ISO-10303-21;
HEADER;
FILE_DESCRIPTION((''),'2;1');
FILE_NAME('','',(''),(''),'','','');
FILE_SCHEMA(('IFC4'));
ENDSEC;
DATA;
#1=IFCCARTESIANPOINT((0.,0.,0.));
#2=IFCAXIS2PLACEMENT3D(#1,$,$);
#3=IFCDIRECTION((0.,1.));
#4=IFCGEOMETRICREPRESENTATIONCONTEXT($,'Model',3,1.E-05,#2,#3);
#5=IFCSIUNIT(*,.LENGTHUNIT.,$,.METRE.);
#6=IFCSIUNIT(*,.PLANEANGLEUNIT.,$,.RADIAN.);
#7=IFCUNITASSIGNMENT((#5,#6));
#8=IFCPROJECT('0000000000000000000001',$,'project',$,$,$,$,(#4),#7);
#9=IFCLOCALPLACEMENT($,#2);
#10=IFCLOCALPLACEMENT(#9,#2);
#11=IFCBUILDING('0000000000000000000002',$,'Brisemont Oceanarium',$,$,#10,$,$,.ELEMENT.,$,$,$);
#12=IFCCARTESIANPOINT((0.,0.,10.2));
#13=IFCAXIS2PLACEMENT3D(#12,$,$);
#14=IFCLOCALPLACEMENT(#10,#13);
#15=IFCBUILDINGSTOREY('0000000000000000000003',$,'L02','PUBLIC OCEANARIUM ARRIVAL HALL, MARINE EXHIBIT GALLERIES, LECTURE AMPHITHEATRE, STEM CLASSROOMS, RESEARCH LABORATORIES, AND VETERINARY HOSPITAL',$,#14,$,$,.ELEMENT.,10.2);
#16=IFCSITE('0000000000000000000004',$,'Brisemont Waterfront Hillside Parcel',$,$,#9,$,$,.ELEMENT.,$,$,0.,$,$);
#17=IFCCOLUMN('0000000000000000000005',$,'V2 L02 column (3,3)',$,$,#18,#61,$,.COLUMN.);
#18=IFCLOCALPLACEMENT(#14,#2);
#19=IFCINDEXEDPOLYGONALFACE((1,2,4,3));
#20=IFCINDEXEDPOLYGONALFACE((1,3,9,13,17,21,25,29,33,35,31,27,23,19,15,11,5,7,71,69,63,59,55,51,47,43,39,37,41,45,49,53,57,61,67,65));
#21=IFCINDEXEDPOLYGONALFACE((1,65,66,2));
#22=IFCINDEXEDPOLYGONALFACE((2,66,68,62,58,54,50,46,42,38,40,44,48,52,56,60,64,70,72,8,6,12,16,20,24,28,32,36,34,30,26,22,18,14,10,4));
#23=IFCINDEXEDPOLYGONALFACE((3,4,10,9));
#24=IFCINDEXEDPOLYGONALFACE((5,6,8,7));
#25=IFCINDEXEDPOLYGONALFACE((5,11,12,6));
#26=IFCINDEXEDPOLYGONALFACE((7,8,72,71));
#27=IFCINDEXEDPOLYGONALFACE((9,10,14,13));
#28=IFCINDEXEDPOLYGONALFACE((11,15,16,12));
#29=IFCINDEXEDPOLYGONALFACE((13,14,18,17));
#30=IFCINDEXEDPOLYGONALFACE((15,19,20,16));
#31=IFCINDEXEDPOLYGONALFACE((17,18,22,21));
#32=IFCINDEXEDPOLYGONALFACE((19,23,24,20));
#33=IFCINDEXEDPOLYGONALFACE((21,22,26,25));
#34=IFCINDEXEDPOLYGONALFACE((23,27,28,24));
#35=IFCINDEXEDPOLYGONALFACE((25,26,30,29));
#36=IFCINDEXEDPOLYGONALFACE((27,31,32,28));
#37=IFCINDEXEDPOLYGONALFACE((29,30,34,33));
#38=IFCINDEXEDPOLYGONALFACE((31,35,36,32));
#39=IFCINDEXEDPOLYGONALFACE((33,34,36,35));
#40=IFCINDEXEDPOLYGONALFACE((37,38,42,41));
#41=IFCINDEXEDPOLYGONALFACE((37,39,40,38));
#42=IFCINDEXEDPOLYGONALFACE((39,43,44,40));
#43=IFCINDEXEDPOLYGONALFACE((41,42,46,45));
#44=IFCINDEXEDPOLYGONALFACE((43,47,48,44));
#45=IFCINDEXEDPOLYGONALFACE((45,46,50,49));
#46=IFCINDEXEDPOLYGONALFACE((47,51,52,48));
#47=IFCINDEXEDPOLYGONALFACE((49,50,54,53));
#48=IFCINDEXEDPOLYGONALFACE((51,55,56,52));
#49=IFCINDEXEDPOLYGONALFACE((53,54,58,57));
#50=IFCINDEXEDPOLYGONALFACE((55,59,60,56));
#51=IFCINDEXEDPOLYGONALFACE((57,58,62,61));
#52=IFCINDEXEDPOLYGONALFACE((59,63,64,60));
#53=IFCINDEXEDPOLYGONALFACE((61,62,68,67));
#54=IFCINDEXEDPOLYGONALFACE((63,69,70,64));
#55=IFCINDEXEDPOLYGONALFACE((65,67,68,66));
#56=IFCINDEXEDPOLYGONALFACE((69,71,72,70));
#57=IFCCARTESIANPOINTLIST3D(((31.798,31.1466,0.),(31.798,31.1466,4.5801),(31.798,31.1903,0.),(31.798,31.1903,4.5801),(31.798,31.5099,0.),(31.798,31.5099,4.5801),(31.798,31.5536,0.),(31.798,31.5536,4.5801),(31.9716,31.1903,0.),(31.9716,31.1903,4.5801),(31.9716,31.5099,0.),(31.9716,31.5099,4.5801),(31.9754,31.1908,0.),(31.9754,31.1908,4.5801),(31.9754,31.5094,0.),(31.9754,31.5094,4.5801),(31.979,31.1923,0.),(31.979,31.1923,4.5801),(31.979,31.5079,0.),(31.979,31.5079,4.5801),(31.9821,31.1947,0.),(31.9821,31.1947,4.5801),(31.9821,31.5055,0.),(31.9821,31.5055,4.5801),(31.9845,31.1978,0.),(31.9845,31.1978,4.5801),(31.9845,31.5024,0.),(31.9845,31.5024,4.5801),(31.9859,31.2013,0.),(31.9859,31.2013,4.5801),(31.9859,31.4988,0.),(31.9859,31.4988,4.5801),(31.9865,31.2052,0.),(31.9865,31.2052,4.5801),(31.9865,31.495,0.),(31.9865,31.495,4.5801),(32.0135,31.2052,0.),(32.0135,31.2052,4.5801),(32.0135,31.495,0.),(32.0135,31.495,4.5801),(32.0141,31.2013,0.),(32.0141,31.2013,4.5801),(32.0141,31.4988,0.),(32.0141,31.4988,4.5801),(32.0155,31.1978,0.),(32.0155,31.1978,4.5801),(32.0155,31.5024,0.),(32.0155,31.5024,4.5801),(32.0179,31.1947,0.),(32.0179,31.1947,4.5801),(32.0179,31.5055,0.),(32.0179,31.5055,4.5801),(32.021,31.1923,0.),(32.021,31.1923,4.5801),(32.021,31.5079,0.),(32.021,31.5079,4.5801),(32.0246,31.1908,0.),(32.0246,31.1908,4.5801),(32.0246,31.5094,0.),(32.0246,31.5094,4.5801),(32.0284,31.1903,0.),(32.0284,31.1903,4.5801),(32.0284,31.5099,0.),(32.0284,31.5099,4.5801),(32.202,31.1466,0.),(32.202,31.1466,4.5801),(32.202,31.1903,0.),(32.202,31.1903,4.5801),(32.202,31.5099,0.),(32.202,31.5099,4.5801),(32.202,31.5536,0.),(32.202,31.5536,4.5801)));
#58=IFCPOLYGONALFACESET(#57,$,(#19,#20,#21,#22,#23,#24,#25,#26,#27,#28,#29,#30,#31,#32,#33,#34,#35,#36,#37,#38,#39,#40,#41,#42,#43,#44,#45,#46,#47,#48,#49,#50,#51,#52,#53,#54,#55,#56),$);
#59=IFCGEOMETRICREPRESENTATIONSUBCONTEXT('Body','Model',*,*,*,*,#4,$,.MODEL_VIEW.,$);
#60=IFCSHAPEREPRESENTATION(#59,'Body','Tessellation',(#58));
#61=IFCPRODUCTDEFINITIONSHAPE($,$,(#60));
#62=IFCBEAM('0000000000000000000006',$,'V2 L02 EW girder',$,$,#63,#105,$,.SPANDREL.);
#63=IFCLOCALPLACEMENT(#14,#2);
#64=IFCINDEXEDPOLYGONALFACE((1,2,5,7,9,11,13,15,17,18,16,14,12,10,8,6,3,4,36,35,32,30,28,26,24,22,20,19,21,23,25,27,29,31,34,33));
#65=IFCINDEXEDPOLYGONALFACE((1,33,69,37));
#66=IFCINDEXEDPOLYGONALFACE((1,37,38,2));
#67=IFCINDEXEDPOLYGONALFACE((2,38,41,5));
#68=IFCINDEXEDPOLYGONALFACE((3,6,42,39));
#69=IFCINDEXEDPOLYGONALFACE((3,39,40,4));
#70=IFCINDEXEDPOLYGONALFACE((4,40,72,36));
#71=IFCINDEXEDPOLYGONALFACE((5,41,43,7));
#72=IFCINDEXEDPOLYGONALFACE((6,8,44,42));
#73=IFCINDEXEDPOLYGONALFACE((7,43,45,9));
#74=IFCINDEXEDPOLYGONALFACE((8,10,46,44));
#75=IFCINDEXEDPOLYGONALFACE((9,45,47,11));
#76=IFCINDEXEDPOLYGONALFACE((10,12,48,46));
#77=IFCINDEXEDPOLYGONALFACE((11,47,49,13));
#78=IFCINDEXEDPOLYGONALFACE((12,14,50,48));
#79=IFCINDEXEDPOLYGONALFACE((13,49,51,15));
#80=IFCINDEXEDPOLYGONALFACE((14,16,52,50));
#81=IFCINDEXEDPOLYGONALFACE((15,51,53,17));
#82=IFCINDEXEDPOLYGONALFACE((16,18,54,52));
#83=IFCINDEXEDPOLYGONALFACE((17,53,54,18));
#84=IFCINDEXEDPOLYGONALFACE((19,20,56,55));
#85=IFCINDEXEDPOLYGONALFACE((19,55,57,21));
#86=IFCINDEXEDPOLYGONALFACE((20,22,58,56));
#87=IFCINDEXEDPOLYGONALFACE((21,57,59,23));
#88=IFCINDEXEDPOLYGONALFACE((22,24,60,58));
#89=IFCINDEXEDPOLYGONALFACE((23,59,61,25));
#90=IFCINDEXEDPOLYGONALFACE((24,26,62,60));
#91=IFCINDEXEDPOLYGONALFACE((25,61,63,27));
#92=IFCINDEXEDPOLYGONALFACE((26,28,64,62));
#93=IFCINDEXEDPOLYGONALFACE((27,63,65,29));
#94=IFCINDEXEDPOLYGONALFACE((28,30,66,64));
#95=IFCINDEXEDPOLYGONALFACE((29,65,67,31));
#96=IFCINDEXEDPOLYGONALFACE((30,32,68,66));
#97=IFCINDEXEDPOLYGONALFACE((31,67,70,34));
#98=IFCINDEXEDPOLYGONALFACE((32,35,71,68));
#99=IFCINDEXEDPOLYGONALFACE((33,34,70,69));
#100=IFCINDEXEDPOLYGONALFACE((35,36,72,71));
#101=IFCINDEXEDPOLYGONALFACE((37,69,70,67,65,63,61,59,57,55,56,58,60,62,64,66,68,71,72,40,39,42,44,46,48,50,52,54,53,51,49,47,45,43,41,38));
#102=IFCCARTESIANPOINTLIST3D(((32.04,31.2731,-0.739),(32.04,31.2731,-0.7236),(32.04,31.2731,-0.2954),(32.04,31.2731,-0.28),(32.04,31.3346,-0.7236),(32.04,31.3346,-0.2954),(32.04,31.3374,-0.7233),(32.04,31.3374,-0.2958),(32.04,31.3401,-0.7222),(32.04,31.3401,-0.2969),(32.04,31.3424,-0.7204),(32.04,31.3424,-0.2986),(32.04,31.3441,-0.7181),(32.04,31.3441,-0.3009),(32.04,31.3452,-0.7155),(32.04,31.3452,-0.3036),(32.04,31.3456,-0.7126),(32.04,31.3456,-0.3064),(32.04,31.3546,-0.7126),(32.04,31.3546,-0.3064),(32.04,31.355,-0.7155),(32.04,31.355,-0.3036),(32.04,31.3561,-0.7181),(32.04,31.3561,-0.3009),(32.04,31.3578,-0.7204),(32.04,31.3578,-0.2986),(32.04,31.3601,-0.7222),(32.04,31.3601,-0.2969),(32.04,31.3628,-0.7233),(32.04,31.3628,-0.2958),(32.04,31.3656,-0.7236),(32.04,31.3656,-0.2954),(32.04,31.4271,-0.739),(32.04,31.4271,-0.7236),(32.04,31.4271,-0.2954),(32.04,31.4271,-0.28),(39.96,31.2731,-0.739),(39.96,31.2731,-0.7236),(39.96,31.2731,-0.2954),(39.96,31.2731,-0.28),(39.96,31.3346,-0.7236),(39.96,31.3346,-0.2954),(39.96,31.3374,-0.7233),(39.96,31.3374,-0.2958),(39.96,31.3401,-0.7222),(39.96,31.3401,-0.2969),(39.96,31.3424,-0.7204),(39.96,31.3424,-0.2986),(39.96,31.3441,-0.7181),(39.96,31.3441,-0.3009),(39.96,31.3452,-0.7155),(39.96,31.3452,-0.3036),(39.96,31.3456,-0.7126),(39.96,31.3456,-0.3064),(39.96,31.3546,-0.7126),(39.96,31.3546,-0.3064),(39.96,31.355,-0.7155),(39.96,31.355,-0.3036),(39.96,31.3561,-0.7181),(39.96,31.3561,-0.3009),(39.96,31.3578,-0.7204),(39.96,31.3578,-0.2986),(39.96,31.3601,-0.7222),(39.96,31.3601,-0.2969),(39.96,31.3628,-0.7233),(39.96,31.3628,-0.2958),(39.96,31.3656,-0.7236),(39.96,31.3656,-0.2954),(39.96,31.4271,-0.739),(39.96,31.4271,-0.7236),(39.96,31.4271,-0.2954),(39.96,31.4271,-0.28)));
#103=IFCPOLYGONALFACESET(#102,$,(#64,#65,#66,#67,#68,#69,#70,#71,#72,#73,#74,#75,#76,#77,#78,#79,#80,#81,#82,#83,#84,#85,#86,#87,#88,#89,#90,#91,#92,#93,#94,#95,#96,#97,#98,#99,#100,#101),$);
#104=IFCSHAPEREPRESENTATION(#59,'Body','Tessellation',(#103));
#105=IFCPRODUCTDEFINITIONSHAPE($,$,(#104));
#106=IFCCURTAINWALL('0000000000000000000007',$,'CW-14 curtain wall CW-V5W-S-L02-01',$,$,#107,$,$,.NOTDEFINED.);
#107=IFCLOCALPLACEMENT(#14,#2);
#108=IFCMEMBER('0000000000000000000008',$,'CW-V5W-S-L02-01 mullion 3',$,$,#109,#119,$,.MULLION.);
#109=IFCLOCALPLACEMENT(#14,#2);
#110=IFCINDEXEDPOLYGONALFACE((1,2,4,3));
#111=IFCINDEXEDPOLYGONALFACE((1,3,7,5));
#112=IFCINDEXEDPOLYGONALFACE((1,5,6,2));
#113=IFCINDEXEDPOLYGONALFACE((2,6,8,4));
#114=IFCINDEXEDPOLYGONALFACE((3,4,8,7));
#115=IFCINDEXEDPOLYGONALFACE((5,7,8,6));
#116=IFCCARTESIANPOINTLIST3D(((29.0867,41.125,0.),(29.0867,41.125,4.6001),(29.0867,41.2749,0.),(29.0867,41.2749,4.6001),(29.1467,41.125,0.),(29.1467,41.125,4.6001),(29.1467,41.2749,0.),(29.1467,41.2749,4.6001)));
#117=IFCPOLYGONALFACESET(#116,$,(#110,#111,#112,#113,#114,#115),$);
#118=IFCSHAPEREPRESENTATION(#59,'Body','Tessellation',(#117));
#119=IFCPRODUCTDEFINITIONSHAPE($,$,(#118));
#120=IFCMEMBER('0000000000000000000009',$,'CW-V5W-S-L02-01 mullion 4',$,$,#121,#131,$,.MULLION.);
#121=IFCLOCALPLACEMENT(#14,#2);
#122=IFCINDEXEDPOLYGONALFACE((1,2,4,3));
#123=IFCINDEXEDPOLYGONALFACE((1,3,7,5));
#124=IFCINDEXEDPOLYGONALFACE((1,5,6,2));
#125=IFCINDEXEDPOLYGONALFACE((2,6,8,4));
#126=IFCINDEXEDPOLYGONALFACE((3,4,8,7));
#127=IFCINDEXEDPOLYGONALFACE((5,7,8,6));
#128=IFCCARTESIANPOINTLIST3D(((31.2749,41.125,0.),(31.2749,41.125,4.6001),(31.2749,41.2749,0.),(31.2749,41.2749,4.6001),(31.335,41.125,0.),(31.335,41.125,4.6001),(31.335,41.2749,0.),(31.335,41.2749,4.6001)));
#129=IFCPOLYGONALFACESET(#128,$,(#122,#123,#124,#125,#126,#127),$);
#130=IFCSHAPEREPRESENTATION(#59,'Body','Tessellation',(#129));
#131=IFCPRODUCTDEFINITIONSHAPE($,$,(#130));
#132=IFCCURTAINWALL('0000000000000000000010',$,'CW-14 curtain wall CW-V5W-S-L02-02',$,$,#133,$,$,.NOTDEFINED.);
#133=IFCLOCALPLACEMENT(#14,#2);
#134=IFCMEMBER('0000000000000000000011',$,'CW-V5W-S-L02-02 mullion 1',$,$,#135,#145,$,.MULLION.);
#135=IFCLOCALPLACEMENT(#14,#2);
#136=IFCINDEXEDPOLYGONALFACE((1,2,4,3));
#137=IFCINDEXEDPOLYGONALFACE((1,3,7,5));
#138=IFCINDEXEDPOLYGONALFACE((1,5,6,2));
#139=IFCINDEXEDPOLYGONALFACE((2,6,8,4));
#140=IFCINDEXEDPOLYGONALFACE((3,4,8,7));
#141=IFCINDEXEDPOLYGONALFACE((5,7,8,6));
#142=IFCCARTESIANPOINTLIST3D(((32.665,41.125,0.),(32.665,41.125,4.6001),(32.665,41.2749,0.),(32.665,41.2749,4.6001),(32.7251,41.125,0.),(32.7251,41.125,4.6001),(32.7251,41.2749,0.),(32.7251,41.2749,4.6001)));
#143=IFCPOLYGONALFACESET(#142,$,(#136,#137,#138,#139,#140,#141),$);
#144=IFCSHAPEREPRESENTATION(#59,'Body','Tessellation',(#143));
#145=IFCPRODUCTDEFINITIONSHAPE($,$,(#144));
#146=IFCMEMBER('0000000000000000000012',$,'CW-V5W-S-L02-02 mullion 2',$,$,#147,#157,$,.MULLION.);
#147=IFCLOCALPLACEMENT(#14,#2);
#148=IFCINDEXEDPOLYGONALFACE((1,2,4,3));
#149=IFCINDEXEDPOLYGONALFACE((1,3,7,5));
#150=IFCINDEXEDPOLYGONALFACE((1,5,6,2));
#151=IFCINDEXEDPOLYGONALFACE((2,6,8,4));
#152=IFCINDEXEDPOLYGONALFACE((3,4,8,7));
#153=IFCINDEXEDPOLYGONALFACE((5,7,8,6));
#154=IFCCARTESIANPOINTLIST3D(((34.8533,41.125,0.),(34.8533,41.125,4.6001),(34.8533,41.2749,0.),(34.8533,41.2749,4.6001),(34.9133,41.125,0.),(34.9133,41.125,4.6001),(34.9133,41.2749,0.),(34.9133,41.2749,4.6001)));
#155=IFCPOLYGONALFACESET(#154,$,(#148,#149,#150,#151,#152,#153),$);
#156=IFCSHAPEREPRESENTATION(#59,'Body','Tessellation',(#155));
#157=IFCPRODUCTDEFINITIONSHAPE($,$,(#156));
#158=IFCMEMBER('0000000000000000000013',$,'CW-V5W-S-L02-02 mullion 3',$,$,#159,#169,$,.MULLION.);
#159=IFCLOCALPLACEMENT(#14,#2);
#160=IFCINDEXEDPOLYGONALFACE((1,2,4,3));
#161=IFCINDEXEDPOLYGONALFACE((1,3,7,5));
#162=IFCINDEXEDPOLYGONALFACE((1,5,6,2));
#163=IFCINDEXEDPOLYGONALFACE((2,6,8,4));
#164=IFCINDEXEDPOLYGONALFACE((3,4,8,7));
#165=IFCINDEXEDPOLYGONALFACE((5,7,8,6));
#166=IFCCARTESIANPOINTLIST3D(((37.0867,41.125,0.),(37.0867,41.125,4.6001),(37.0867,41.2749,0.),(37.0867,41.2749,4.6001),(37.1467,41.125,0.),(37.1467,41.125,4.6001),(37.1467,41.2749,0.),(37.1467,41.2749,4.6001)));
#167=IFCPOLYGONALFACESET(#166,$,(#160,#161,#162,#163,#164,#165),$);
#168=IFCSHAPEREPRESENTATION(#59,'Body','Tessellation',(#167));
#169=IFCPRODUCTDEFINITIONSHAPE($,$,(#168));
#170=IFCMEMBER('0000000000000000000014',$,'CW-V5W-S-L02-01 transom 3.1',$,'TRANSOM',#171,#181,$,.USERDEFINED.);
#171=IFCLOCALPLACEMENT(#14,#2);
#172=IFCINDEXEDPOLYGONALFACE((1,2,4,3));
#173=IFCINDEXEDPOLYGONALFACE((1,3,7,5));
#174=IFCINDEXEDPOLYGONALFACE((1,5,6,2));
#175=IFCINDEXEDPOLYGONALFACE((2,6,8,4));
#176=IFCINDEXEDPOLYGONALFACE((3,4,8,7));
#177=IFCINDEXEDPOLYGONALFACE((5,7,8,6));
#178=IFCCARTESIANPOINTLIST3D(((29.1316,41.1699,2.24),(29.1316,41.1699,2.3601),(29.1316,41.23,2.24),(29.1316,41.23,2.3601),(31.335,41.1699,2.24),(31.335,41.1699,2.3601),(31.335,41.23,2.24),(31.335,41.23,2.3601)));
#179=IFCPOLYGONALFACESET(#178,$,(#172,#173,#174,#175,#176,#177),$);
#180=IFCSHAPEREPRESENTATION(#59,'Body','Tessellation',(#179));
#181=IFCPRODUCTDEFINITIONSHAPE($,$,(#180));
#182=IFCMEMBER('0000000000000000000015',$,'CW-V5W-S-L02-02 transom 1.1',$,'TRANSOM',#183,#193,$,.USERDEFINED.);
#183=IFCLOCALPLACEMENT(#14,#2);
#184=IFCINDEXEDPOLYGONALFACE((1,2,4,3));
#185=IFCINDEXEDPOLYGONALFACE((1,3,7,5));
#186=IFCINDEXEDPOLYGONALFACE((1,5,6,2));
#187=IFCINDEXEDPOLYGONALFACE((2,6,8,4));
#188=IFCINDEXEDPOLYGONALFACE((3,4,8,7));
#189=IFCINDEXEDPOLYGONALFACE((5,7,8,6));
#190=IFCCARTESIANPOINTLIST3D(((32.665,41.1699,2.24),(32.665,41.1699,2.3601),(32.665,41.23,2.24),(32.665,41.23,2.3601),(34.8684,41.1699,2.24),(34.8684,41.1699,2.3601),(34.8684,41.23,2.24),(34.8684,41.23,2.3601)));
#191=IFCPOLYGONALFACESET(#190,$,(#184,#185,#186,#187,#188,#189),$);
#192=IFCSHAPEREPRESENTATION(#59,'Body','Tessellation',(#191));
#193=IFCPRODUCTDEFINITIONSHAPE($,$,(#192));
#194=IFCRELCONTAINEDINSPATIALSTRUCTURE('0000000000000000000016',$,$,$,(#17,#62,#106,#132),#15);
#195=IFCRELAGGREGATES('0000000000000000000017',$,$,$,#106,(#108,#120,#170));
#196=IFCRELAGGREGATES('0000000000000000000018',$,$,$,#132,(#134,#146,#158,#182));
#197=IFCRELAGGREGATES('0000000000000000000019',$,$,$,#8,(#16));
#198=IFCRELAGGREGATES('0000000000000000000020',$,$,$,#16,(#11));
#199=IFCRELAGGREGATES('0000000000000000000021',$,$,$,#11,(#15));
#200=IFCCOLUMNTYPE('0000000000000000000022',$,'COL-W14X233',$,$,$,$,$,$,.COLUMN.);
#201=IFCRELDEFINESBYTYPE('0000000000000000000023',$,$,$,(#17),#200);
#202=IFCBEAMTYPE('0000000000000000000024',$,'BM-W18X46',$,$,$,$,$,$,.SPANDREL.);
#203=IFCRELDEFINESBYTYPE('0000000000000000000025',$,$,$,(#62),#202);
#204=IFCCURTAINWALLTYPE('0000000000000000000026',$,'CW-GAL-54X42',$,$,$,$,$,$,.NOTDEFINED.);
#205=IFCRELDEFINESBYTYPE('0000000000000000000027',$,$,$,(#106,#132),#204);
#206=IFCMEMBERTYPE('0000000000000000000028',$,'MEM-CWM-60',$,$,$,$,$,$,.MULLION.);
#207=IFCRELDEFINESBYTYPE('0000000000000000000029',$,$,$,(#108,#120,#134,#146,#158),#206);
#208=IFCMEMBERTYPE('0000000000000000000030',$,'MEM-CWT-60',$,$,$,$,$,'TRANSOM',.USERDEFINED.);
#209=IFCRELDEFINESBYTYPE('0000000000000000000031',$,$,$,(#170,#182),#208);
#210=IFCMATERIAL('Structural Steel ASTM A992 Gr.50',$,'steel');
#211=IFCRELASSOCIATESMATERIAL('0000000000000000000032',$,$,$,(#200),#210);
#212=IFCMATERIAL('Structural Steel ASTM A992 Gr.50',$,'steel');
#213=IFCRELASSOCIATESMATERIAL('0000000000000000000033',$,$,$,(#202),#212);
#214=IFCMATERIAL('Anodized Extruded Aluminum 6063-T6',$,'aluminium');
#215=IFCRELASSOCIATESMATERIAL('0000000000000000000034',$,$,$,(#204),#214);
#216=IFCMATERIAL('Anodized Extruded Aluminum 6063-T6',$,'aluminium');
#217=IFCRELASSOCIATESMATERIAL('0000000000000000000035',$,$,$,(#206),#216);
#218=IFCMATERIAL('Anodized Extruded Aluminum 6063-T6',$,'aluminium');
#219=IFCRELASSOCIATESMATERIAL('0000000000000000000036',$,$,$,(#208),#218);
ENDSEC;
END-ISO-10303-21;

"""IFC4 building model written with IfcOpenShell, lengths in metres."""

from ifc_helpers import new_model, si_unit, direction, frame, origin, origin_2d, place, context, subcontext, project, spatial, rectangle, i_section, extrude, material, material_profile, profile_set, type_object, element, aggregate, save


model = new_model("IFC4")

# Units and contexts
model_context = context("Model", 3, precision=1e-05, world=origin(), true_north=direction((0.0, 1.0)))
body_context = subcontext(model_context, "Body", "Model", "MODEL_VIEW")
ifc_project = project(units=[si_unit("LENGTHUNIT", "METRE"), si_unit("PLANEANGLEUNIT", "RADIAN")], contexts=[model_context])

# Site, building, storey
site_placement = place(None, origin())
site = spatial("IfcSite", under=ifc_project, at=site_placement, Name="Brisemont Waterfront Hillside Parcel", CompositionType="ELEMENT", RefElevation=0.0)
building_placement = place(site_placement, origin())
building = spatial("IfcBuilding", under=site, at=building_placement, Name="Brisemont Oceanarium", CompositionType="ELEMENT")
storey_placement = place(building_placement, frame((0.0, 0.0, 10.2)))
storey = spatial("IfcBuildingStorey", under=building, at=storey_placement, Name="L02", Description="PUBLIC OCEANARIUM ARRIVAL HALL, MARINE EXHIBIT GALLERIES, LECTURE AMPHITHEATRE, STEM CLASSROOMS, RESEARCH LABORATORIES, AND VETERINARY HOSPITAL", CompositionType="ELEMENT", Elevation=10.2)

# Column
ifc_material_1 = material(Name="Structural Steel ASTM A992 Gr.50", Category="steel")
ifc_material_profile_1 = material_profile(ifc_material_1, i_section(OverallWidth=0.4041, OverallDepth=0.407, WebThickness=0.0271, FlangeThickness=0.0437, FilletRadius=0.0149, at=origin_2d()), Name="W14X233")
ifc_profile_set_1 = profile_set([ifc_material_profile_1], Name="Structural Steel ASTM A992 Gr.50")
column_type = type_object("IfcColumnType", Name="COL-W14X233", PredefinedType="COLUMN", material=ifc_profile_set_1)
column_placement = place(storey_placement, frame((32.0, 31.3501, 0.0), z_axis=(0.0, 0.0, 1.0), x_axis=(1.0, 0.0, 0.0)))
element("IfcColumn", 1, at=column_placement, inside=storey, type_object=column_type, Name="V2 L02 column (3,3)", PredefinedType="COLUMN", context=body_context, shape_type="SweptSolid", body=[
    extrude(i_section(OverallWidth=0.4041, OverallDepth=0.407, WebThickness=0.0271, FlangeThickness=0.0437, FilletRadius=0.0149, at=origin_2d()), origin(), (0.0, 0.0, 1.0), 4.5801),
])

# Beam
ifc_material_2 = material(Name="Structural Steel ASTM A992 Gr.50", Category="steel")
ifc_material_profile_2 = material_profile(ifc_material_2, i_section(OverallWidth=0.1541, OverallDepth=0.459, WebThickness=0.009, FlangeThickness=0.0154, FilletRadius=0.011, at=origin_2d()), Name="W18X46")
ifc_profile_set_2 = profile_set([ifc_material_profile_2], Name="Structural Steel ASTM A992 Gr.50")
beam_type = type_object("IfcBeamType", Name="BM-W18X46", PredefinedType="SPANDREL", material=ifc_profile_set_2)
beam_placement = place(storey_placement, frame((32.04, 31.3501, -0.5095), z_axis=(1.0, 0.0, 0.0), x_axis=(0.0, 1.0, 0.0)))
element("IfcBeam", 2, at=beam_placement, inside=storey, type_object=beam_type, Name="V2 L02 EW girder", PredefinedType="SPANDREL", context=body_context, shape_type="SweptSolid", body=[
    extrude(i_section(OverallWidth=0.1541, OverallDepth=0.459, WebThickness=0.009, FlangeThickness=0.0154, FilletRadius=0.011, at=origin_2d()), origin(), (0.0, 0.0, 1.0), 7.9199),
])

# Curtain walls, members
ifc_material_3 = material(Name="Anodized Extruded Aluminum 6063-T6", Category="aluminium")
curtain_wall_type = type_object("IfcCurtainWallType", Name="CW-GAL-54X42", PredefinedType="NOTDEFINED", material=ifc_material_3)
curtain_wall_1_placement = place(storey_placement, origin())
curtain_wall_1 = element("IfcCurtainWall", 3, at=curtain_wall_1_placement, inside=storey, type_object=curtain_wall_type, Name="CW-14 curtain wall CW-V5W-S-L02-01", PredefinedType="NOTDEFINED")
ifc_material_4 = material(Name="Anodized Extruded Aluminum 6063-T6", Category="aluminium")
ifc_material_profile_3 = material_profile(ifc_material_4, rectangle(XDim=0.0601, YDim=0.1499, at=origin_2d()), Name="CWM-60X150")
ifc_profile_set_3 = profile_set([ifc_material_profile_3], Name="Anodized Extruded Aluminum 6063-T6")
member_type_1 = type_object("IfcMemberType", Name="MEM-CWM-60", PredefinedType="MULLION", material=ifc_profile_set_3)
member_1_placement = place(storey_placement, frame((29.1167, 41.2, 0.0), z_axis=(0.0, 0.0, 1.0), x_axis=(1.0, 0.0, 0.0)))
member_1 = element("IfcMember", 4, at=member_1_placement, type_object=member_type_1, Name="CW-V5W-S-L02-01 mullion 3", PredefinedType="MULLION", context=body_context, shape_type="SweptSolid", body=[
    extrude(rectangle(XDim=0.0601, YDim=0.1499, at=origin_2d()), origin(), (0.0, 0.0, 1.0), 4.6001),
])
member_2_placement = place(storey_placement, frame((31.3049, 41.2, 0.0), z_axis=(0.0, 0.0, 1.0), x_axis=(1.0, 0.0, 0.0)))
member_2 = element("IfcMember", 5, at=member_2_placement, type_object=member_type_1, Name="CW-V5W-S-L02-01 mullion 4", PredefinedType="MULLION", context=body_context, shape_type="SweptSolid", body=[
    extrude(rectangle(XDim=0.0601, YDim=0.1499, at=origin_2d()), origin(), (0.0, 0.0, 1.0), 4.6001),
])
curtain_wall_2_placement = place(storey_placement, origin())
curtain_wall_2 = element("IfcCurtainWall", 6, at=curtain_wall_2_placement, inside=storey, type_object=curtain_wall_type, Name="CW-14 curtain wall CW-V5W-S-L02-02", PredefinedType="NOTDEFINED")
member_3_placement = place(storey_placement, frame((32.6951, 41.2, 0.0), z_axis=(0.0, 0.0, 1.0), x_axis=(1.0, 0.0, 0.0)))
member_3 = element("IfcMember", 7, at=member_3_placement, type_object=member_type_1, Name="CW-V5W-S-L02-02 mullion 1", PredefinedType="MULLION", context=body_context, shape_type="SweptSolid", body=[
    extrude(rectangle(XDim=0.0601, YDim=0.1499, at=origin_2d()), origin(), (0.0, 0.0, 1.0), 4.6001),
])
member_4_placement = place(storey_placement, frame((34.8833, 41.2, 0.0), z_axis=(0.0, 0.0, 1.0), x_axis=(1.0, 0.0, 0.0)))
member_4 = element("IfcMember", 8, at=member_4_placement, type_object=member_type_1, Name="CW-V5W-S-L02-02 mullion 2", PredefinedType="MULLION", context=body_context, shape_type="SweptSolid", body=[
    extrude(rectangle(XDim=0.0601, YDim=0.1499, at=origin_2d()), origin(), (0.0, 0.0, 1.0), 4.6001),
])
member_5_placement = place(storey_placement, frame((37.1167, 41.2, 0.0), z_axis=(0.0, 0.0, 1.0), x_axis=(1.0, 0.0, 0.0)))
member_5 = element("IfcMember", 9, at=member_5_placement, type_object=member_type_1, Name="CW-V5W-S-L02-02 mullion 3", PredefinedType="MULLION", context=body_context, shape_type="SweptSolid", body=[
    extrude(rectangle(XDim=0.0601, YDim=0.1499, at=origin_2d()), origin(), (0.0, 0.0, 1.0), 4.6001),
])

# Members
ifc_material_5 = material(Name="Anodized Extruded Aluminum 6063-T6", Category="aluminium")
ifc_material_profile_4 = material_profile(ifc_material_5, rectangle(XDim=0.0601, YDim=0.1201, at=origin_2d()), Name="CWT-60X120")
ifc_profile_set_4 = profile_set([ifc_material_profile_4], Name="Anodized Extruded Aluminum 6063-T6")
member_type_2 = type_object("IfcMemberType", Name="MEM-CWT-60", ElementType="TRANSOM", PredefinedType="USERDEFINED", material=ifc_profile_set_4)
member_6_placement = place(storey_placement, frame((29.1316, 41.2, 2.3), z_axis=(1.0, 0.0, 0.0), x_axis=(0.0, 1.0, 0.0)))
member_6 = element("IfcMember", 10, at=member_6_placement, type_object=member_type_2, Name="CW-V5W-S-L02-01 transom 3.1", ObjectType="TRANSOM", PredefinedType="USERDEFINED", context=body_context, shape_type="SweptSolid", body=[
    extrude(rectangle(XDim=0.0601, YDim=0.1201, at=origin_2d()), origin(), (0.0, 0.0, 1.0), 2.2034),
])
member_7_placement = place(storey_placement, frame((32.665, 41.2, 2.3), z_axis=(1.0, 0.0, 0.0), x_axis=(0.0, 1.0, 0.0)))
member_7 = element("IfcMember", 11, at=member_7_placement, type_object=member_type_2, Name="CW-V5W-S-L02-02 transom 1.1", ObjectType="TRANSOM", PredefinedType="USERDEFINED", context=body_context, shape_type="SweptSolid", body=[
    extrude(rectangle(XDim=0.0601, YDim=0.1201, at=origin_2d()), origin(), (0.0, 0.0, 1.0), 2.2034),
])

aggregate(curtain_wall_1, [member_1, member_2, member_6])
aggregate(curtain_wall_2, [member_3, member_4, member_5, member_7])

save(model, "model.ifc")
